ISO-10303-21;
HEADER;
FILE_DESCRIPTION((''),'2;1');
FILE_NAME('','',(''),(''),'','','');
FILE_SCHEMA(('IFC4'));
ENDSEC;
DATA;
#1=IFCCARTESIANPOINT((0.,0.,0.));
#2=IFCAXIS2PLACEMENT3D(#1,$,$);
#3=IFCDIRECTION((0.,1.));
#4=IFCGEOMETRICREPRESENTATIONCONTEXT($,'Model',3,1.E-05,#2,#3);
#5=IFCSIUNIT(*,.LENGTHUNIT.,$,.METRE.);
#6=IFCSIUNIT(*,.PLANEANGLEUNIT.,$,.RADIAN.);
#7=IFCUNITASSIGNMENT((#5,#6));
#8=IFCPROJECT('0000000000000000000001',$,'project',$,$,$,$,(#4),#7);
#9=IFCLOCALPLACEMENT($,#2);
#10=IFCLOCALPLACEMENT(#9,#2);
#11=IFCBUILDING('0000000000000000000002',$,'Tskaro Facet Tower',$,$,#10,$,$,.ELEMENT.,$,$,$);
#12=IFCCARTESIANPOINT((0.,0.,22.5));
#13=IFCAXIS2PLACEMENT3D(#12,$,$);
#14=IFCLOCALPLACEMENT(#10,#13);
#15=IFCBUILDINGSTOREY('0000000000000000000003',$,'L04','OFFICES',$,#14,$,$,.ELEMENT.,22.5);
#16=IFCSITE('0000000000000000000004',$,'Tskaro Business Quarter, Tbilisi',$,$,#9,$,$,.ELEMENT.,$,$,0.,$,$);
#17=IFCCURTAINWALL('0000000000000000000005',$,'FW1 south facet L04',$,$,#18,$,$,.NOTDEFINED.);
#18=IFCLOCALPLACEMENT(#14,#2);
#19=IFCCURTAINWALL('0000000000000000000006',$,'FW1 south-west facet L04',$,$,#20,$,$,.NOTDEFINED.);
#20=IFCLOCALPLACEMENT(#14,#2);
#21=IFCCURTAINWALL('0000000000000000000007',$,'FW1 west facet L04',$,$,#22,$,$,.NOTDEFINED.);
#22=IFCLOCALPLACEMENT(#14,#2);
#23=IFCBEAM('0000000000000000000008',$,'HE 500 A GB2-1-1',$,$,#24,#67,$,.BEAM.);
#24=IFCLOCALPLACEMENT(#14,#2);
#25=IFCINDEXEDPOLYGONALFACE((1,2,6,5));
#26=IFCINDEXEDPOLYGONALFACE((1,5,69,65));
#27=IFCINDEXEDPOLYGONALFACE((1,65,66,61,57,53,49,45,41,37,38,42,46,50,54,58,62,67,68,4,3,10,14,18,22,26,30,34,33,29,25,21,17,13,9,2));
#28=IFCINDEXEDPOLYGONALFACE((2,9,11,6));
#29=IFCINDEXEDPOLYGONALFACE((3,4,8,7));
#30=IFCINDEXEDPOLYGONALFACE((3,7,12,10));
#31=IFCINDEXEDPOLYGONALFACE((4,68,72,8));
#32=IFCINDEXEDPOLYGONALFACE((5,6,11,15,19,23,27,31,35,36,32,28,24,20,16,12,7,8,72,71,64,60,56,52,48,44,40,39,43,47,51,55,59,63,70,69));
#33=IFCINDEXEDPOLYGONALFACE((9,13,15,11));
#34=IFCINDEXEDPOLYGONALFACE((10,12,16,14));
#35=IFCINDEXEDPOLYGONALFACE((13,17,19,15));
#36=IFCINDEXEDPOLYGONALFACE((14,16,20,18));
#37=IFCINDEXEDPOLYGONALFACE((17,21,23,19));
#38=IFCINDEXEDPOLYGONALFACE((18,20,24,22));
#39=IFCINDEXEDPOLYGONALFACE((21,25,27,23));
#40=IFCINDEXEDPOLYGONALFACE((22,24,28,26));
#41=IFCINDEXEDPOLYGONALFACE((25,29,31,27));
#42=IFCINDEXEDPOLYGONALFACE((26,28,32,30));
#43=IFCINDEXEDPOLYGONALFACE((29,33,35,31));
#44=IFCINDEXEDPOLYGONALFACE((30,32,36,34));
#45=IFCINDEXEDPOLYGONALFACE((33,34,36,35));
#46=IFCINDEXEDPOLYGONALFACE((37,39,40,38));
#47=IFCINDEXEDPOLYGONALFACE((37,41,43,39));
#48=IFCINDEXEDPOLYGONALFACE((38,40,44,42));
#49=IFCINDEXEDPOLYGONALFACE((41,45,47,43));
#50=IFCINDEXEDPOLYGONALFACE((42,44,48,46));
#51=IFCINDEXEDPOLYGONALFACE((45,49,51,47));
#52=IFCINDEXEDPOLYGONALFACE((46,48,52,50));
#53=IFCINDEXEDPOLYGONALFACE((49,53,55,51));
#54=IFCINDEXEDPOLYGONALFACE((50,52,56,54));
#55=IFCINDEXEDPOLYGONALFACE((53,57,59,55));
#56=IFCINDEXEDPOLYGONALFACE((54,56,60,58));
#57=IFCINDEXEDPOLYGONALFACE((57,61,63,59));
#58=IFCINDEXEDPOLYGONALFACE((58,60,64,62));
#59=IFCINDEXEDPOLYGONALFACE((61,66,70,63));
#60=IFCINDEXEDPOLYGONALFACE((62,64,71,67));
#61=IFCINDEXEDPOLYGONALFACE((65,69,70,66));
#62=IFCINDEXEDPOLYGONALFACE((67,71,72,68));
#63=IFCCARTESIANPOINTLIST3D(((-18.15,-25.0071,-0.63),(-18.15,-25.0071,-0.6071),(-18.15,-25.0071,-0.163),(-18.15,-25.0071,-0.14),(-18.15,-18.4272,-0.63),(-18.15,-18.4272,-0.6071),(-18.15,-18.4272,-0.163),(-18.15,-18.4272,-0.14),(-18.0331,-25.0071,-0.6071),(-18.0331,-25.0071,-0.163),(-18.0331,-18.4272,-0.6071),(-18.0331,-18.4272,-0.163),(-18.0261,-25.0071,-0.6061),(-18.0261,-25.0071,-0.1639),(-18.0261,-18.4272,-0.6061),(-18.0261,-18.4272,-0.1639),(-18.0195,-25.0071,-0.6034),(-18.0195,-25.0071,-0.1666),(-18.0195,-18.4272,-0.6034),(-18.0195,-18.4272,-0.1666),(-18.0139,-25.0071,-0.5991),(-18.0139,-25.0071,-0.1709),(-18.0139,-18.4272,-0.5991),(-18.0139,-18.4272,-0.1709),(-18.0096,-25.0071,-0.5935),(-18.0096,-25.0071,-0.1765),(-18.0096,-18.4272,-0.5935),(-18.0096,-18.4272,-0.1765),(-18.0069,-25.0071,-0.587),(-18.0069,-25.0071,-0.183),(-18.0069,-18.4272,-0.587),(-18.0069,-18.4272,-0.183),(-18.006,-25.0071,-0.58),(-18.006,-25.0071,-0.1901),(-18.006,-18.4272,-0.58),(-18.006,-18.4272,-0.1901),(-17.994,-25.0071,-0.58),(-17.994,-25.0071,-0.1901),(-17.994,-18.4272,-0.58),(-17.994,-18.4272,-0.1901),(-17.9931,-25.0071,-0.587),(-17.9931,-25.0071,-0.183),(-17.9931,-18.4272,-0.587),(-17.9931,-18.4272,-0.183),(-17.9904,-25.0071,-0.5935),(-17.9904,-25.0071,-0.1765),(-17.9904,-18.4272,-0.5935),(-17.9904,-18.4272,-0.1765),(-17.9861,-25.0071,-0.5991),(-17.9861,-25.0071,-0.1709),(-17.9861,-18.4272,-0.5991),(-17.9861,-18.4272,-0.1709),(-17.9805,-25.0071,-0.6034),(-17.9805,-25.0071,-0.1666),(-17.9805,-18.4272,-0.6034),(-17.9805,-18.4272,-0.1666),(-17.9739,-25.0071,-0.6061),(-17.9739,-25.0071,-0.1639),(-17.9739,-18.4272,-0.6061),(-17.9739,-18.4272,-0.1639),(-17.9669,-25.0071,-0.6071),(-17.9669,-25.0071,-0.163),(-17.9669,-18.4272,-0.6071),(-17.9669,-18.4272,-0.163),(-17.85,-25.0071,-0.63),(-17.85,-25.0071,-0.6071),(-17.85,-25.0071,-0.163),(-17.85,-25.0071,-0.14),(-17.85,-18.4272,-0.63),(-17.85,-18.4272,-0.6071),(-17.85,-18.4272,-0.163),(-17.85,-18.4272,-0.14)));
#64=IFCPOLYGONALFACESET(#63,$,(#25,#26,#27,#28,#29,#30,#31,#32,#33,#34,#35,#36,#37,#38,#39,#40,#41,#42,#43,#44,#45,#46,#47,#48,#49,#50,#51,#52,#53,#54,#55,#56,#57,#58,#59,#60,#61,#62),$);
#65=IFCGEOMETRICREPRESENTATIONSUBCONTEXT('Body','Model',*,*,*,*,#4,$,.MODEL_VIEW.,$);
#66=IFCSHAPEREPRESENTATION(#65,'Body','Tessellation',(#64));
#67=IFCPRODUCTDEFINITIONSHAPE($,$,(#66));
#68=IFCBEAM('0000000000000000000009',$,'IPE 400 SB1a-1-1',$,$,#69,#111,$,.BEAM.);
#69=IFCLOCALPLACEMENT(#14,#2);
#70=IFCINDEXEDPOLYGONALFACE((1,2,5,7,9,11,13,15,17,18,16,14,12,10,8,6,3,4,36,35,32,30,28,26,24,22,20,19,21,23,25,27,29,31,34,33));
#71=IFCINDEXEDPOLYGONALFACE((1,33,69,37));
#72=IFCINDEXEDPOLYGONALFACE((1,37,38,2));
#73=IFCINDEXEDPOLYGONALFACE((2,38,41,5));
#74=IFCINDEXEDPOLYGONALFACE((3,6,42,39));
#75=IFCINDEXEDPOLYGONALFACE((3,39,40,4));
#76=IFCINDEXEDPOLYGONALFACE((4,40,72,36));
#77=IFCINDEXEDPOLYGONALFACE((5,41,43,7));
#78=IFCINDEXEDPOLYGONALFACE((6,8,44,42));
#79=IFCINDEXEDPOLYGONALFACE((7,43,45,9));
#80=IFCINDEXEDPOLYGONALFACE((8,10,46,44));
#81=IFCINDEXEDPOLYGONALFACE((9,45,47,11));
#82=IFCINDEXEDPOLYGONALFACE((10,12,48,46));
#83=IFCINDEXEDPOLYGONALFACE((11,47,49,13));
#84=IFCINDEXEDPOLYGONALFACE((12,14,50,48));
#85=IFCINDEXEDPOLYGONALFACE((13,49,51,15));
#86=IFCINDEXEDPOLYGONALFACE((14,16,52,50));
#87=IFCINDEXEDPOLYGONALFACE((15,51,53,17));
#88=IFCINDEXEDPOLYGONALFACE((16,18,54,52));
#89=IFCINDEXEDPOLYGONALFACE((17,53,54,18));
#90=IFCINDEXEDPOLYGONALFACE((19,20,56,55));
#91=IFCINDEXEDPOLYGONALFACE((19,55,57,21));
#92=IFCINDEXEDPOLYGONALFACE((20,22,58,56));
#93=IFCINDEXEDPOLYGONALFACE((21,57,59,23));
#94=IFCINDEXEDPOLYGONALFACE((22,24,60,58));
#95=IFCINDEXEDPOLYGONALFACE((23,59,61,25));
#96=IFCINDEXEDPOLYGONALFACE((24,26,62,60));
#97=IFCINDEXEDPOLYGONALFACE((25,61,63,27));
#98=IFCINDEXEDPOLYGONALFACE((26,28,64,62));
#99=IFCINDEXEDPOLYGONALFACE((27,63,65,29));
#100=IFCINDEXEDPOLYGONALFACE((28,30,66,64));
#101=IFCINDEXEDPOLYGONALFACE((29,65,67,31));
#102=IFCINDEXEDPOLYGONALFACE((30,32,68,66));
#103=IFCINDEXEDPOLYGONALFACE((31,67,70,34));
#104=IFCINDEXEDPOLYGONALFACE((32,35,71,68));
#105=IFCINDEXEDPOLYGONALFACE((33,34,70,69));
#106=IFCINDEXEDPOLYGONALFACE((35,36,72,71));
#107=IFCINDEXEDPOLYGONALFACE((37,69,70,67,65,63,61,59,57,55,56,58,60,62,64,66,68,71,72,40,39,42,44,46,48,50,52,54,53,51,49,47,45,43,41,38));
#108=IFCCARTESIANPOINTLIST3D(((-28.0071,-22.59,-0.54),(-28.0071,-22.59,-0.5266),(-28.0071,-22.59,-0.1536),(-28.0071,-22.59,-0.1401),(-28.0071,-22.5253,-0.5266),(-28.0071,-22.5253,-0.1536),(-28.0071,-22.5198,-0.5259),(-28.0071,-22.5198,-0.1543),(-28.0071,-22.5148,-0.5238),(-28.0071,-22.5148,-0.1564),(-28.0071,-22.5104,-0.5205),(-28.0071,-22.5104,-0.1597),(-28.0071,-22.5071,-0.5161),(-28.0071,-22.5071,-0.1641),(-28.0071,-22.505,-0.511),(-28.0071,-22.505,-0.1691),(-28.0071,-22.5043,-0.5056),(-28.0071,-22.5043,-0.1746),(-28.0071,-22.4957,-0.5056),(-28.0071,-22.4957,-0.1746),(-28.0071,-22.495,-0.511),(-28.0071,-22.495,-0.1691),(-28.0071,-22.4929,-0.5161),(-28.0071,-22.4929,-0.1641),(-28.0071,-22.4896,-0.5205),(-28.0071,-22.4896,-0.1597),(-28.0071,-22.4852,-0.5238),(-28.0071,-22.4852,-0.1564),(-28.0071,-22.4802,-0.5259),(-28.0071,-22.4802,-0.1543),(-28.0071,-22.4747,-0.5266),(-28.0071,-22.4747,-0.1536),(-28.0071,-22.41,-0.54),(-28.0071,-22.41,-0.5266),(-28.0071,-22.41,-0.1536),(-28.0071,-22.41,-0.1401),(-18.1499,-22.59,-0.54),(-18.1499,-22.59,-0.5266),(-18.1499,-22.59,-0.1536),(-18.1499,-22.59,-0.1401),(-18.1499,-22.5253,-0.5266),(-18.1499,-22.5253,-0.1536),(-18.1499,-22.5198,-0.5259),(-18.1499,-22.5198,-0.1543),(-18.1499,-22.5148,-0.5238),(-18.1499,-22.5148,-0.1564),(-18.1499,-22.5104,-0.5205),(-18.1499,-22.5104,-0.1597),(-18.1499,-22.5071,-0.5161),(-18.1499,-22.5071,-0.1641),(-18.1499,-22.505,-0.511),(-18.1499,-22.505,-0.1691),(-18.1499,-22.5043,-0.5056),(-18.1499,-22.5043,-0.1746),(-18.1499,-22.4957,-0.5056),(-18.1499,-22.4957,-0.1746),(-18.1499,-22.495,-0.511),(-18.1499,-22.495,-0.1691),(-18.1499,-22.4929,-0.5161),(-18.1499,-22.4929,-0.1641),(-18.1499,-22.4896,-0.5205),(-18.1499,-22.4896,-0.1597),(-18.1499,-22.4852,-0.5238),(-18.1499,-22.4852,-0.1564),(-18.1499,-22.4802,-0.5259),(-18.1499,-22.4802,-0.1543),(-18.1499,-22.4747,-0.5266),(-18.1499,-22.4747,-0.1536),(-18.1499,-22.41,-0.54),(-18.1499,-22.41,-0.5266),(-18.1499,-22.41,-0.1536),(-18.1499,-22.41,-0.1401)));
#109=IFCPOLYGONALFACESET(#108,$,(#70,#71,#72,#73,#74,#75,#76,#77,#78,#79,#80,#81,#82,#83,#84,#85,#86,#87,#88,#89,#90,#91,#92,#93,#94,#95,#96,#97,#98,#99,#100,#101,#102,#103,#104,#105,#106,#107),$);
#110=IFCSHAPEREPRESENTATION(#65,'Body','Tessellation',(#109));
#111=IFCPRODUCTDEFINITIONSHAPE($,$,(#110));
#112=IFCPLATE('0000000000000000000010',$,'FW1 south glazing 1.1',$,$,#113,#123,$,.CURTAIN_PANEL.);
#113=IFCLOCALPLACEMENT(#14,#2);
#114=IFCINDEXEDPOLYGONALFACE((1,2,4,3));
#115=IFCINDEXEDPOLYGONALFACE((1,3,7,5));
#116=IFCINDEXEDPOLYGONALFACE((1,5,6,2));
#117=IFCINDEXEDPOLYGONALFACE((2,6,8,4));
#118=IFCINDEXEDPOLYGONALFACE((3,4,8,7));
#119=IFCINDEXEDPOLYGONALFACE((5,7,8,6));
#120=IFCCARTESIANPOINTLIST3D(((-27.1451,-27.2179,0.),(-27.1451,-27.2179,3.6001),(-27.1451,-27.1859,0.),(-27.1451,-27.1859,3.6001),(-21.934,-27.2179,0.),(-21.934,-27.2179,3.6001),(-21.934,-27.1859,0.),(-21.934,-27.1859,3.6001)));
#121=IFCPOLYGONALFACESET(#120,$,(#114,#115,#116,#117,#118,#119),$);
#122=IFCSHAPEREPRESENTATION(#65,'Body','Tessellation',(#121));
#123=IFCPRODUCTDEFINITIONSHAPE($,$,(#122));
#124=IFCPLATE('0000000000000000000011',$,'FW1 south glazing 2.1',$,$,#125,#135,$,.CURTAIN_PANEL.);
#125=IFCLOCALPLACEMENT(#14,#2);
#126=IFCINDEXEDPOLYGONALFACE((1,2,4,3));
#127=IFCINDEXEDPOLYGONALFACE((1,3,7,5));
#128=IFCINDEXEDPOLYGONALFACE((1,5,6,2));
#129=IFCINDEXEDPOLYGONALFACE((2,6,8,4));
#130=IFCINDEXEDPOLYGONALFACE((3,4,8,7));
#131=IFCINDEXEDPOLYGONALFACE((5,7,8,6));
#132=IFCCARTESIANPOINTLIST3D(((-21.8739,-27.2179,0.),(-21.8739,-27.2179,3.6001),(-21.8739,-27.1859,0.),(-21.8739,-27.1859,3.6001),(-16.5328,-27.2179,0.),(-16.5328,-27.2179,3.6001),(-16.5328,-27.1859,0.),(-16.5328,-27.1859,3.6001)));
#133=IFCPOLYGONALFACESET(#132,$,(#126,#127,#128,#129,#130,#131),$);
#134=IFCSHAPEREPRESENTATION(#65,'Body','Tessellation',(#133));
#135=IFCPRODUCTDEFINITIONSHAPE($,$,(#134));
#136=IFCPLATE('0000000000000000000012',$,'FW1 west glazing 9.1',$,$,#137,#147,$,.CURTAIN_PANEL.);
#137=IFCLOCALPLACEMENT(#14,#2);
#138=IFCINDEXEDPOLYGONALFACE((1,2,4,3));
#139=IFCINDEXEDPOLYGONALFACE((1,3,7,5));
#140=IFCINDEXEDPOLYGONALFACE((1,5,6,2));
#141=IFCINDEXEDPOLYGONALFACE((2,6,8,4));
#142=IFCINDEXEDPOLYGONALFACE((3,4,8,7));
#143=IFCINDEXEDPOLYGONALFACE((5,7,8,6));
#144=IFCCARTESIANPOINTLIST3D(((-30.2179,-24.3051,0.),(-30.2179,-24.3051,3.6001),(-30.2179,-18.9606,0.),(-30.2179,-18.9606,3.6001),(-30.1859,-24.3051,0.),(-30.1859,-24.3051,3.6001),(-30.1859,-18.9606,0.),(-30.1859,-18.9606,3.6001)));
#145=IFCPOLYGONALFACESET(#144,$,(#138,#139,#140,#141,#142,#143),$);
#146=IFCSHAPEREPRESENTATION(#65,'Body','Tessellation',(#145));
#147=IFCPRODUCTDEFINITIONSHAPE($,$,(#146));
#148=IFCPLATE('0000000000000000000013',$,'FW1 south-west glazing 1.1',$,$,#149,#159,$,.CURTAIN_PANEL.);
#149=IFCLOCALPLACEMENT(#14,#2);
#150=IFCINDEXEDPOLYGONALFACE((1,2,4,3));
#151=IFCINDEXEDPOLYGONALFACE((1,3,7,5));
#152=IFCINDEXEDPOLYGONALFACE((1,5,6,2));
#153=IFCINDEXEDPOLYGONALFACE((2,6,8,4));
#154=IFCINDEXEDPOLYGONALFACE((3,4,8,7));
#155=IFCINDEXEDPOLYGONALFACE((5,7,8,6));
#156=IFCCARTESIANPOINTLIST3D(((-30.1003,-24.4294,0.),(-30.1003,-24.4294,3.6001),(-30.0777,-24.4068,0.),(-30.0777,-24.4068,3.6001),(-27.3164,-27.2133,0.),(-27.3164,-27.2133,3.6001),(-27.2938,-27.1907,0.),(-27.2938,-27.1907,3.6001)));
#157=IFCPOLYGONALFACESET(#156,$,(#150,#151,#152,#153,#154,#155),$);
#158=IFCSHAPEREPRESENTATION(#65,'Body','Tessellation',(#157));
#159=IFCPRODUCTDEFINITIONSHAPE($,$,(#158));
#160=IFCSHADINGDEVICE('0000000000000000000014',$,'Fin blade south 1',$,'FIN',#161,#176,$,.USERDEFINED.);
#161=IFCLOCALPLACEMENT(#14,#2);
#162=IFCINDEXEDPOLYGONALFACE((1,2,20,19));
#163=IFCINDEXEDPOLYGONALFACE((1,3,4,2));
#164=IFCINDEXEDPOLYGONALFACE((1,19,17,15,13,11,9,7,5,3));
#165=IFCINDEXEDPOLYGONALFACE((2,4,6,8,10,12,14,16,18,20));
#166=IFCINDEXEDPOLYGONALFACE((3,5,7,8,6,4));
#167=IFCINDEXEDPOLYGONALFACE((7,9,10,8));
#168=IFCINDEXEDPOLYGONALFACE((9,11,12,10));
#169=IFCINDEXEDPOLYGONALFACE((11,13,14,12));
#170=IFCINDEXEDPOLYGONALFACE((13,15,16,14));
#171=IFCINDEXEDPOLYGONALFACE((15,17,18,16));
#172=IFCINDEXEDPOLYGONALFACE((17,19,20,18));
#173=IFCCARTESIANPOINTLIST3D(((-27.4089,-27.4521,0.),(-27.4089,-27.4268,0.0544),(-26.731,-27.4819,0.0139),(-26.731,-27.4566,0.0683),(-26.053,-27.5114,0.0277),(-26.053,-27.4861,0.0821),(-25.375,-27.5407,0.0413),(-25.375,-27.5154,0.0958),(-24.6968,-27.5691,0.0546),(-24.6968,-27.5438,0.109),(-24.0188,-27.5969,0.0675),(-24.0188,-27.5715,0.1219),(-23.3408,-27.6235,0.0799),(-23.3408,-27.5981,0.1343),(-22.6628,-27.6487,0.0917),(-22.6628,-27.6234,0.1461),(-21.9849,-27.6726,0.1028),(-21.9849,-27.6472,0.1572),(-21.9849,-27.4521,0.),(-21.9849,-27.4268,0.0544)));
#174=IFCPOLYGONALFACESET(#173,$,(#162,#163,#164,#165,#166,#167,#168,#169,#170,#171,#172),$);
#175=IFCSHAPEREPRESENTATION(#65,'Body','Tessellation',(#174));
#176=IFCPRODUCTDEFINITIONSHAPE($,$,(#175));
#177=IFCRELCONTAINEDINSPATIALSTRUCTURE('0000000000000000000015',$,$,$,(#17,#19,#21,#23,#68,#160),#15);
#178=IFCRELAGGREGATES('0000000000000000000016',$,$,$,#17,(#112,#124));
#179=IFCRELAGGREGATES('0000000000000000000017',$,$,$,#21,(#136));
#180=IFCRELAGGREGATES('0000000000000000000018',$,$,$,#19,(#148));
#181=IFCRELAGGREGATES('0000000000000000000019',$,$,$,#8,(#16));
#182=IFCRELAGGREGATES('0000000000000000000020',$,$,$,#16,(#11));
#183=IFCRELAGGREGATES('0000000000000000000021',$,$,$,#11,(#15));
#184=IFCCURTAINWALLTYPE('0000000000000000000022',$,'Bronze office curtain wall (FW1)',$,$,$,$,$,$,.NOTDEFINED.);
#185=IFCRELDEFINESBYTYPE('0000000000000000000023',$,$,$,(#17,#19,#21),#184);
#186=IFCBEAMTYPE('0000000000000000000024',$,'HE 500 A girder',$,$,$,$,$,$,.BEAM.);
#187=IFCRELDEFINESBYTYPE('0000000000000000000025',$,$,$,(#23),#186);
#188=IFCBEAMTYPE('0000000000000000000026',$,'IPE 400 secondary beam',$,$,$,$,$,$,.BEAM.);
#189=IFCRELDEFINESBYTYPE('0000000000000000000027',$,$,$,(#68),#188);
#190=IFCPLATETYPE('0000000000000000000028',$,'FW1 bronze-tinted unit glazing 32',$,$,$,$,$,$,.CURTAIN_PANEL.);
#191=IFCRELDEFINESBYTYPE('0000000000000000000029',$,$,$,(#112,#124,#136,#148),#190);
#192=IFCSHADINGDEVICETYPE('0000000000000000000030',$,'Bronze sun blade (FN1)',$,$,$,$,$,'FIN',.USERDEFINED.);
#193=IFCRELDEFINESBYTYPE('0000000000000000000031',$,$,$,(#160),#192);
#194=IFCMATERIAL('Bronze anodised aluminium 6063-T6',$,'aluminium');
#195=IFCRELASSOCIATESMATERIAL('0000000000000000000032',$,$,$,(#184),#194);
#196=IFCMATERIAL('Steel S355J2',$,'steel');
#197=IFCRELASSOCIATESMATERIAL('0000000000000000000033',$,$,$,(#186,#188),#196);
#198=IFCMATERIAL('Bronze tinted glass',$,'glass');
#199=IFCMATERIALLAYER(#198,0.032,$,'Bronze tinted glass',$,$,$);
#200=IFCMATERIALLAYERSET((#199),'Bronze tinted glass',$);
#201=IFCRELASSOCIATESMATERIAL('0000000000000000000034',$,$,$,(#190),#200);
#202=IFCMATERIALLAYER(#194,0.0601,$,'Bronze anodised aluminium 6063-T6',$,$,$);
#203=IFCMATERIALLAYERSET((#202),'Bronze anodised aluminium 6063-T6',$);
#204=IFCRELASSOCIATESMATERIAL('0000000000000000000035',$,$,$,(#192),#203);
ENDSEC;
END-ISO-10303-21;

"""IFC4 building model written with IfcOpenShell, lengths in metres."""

from ifc_helpers import new_model, si_unit, direction, frame, origin, origin_2d, place, context, subcontext, project, spatial, polyline, rectangle, i_section, outline, extrude, material, layer, layer_set, material_profile, profile_set, type_object, element, aggregate, save


model = new_model("IFC4")

# Units and contexts
model_context = context("Model", 3, precision=1e-05, world=origin(), true_north=direction((0.0, 1.0)))
body_context = subcontext(model_context, "Body", "Model", "MODEL_VIEW")
ifc_project = project(units=[si_unit("LENGTHUNIT", "METRE"), si_unit("PLANEANGLEUNIT", "RADIAN")], contexts=[model_context])

# Site, building, storey
site_placement = place(None, origin())
site = spatial("IfcSite", under=ifc_project, at=site_placement, Name="Tskaro Business Quarter, Tbilisi", CompositionType="ELEMENT", RefElevation=0.0)
building_placement = place(site_placement, origin())
building = spatial("IfcBuilding", under=site, at=building_placement, Name="Tskaro Facet Tower", CompositionType="ELEMENT")
storey_placement = place(building_placement, frame((0.0, 0.0, 22.5)))
storey = spatial("IfcBuildingStorey", under=building, at=storey_placement, Name="L04", Description="OFFICES", CompositionType="ELEMENT", Elevation=22.5)

# Curtain walls
ifc_material_1 = material(Name="Bronze anodised aluminium 6063-T6", Category="aluminium")
curtain_wall_type = type_object("IfcCurtainWallType", Name="Bronze office curtain wall (FW1)", PredefinedType="NOTDEFINED", material=ifc_material_1)
curtain_wall_1_placement = place(storey_placement, origin())
curtain_wall_1 = element("IfcCurtainWall", 1, at=curtain_wall_1_placement, inside=storey, type_object=curtain_wall_type, Name="FW1 south facet L04", PredefinedType="NOTDEFINED")
curtain_wall_2_placement = place(storey_placement, origin())
curtain_wall_2 = element("IfcCurtainWall", 2, at=curtain_wall_2_placement, inside=storey, type_object=curtain_wall_type, Name="FW1 south-west facet L04", PredefinedType="NOTDEFINED")

# Curtain wall
curtain_wall_3_placement = place(storey_placement, origin())
curtain_wall_3 = element("IfcCurtainWall", 3, at=curtain_wall_3_placement, inside=storey, type_object=curtain_wall_type, Name="FW1 west facet L04", PredefinedType="NOTDEFINED")

# Beams
ifc_material_2 = material(Name="Steel S355J2", Category="steel")
ifc_material_profile_1 = material_profile(ifc_material_2, i_section(OverallWidth=0.3, OverallDepth=0.49, WebThickness=0.012, FlangeThickness=0.0229, FilletRadius=0.0271, at=origin_2d()), Name="HE 500 A")
ifc_profile_set_1 = profile_set([ifc_material_profile_1], Name="Steel S355J2")
beam_type_1 = type_object("IfcBeamType", Name="HE 500 A girder", PredefinedType="BEAM", material=ifc_profile_set_1)
beam_1_placement = place(storey_placement, frame((-18.0, -25.0071, -0.385), z_axis=(0.0, 1.0, 0.0), x_axis=(-1.0, 0.0, 0.0)))
element("IfcBeam", 4, at=beam_1_placement, inside=storey, type_object=beam_type_1, Name="HE 500 A GB2-1-1", PredefinedType="BEAM", context=body_context, shape_type="SweptSolid", body=[
    extrude(i_section(OverallWidth=0.3, OverallDepth=0.49, WebThickness=0.012, FlangeThickness=0.0229, FilletRadius=0.0271, at=origin_2d()), origin(), (0.0, 0.0, 1.0), 6.5798),
])
ifc_material_profile_2 = material_profile(ifc_material_2, i_section(OverallWidth=0.1799, OverallDepth=0.3999, WebThickness=0.0085, FlangeThickness=0.0134, FilletRadius=0.021, at=origin_2d()), Name="IPE 400")
ifc_profile_set_2 = profile_set([ifc_material_profile_2], Name="Steel S355J2")
beam_type_2 = type_object("IfcBeamType", Name="IPE 400 secondary beam", PredefinedType="BEAM", material=ifc_profile_set_2)
beam_2_placement = place(storey_placement, frame((-28.0071, -22.5, -0.3401), z_axis=(1.0, 0.0, 0.0), x_axis=(0.0, 1.0, 0.0)))
element("IfcBeam", 5, at=beam_2_placement, inside=storey, type_object=beam_type_2, Name="IPE 400 SB1a-1-1", PredefinedType="BEAM", context=body_context, shape_type="SweptSolid", body=[
    extrude(i_section(OverallWidth=0.1799, OverallDepth=0.3999, WebThickness=0.0085, FlangeThickness=0.0134, FilletRadius=0.021, at=origin_2d()), origin(), (0.0, 0.0, 1.0), 9.8572),
])

# Plates
ifc_material_3 = material(Name="Bronze tinted glass", Category="glass")
ifc_layer_1 = layer(ifc_material_3, 0.032, Name="Bronze tinted glass")
ifc_layer_set_1 = layer_set([ifc_layer_1], Name="Bronze tinted glass")
plate_type = type_object("IfcPlateType", Name="FW1 bronze-tinted unit glazing 32", PredefinedType="CURTAIN_PANEL", material=ifc_layer_set_1)
plate_1_placement = place(storey_placement, frame((-24.5396, -27.2019, 0.0), z_axis=(0.0, 0.0, 1.0), x_axis=(1.0, 0.0, 0.0)))
plate_1 = element("IfcPlate", 6, at=plate_1_placement, type_object=plate_type, Name="FW1 south glazing 1.1", PredefinedType="CURTAIN_PANEL", context=body_context, shape_type="SweptSolid", body=[
    extrude(rectangle(XDim=5.2112, YDim=0.032, at=origin_2d()), origin(), (0.0, 0.0, 1.0), 3.6001),
])
plate_2_placement = place(storey_placement, frame((-19.2034, -27.2019, 0.0), z_axis=(0.0, 0.0, 1.0), x_axis=(1.0, 0.0, 0.0)))
plate_2 = element("IfcPlate", 7, at=plate_2_placement, type_object=plate_type, Name="FW1 south glazing 2.1", PredefinedType="CURTAIN_PANEL", context=body_context, shape_type="SweptSolid", body=[
    extrude(rectangle(XDim=5.3411, YDim=0.032, at=origin_2d()), origin(), (0.0, 0.0, 1.0), 3.6001),
])
aggregate(curtain_wall_1, [plate_1, plate_2])
plate_3_placement = place(storey_placement, frame((-30.2019, -21.6328, 0.0), z_axis=(0.0, 0.0, 1.0), x_axis=(0.0, -1.0, 0.0)))
plate_3 = element("IfcPlate", 8, at=plate_3_placement, type_object=plate_type, Name="FW1 west glazing 9.1", PredefinedType="CURTAIN_PANEL", context=body_context, shape_type="SweptSolid", body=[
    extrude(rectangle(XDim=5.3445, YDim=0.032, at=origin_2d()), origin(), (0.0, 0.0, 1.0), 3.6001),
])
aggregate(curtain_wall_3, [plate_3])
plate_4_placement = place(storey_placement, frame((-28.697, -25.8101, 0.0), z_axis=(0.0, 0.0, 1.0), x_axis=(0.707107, -0.707107, 0.0)))
plate_4 = element("IfcPlate", 9, at=plate_4_placement, type_object=plate_type, Name="FW1 south-west glazing 1.1", PredefinedType="CURTAIN_PANEL", context=body_context, shape_type="SweptSolid", body=[
    extrude(rectangle(XDim=3.937, YDim=0.032, at=origin_2d()), origin(), (0.0, 0.0, 1.0), 3.6001),
])
aggregate(curtain_wall_2, [plate_4])

# Shading device
ifc_layer_2 = layer(ifc_material_1, 0.0601, Name="Bronze anodised aluminium 6063-T6")
ifc_layer_set_2 = layer_set([ifc_layer_2], Name="Bronze anodised aluminium 6063-T6")
shading_device_type = type_object("IfcShadingDeviceType", Name="Bronze sun blade (FN1)", ElementType="FIN", PredefinedType="USERDEFINED", material=ifc_layer_set_2)
shading_device_1_placement = place(storey_placement, frame((-27.4089, -27.4268, 0.0544), z_axis=(0.000001, 0.422595, 0.906319), x_axis=(1.0, -0.000001, -0.000001)))
element("IfcShadingDevice", 10, at=shading_device_1_placement, inside=storey, type_object=shading_device_type, Name="Fin blade south 1", ObjectType="FIN", PredefinedType="USERDEFINED", context=body_context, shape_type="SweptSolid", body=[
    extrude(outline(polyline([(0.0, 0.0), (5.4241, 0.0), (5.4241, -0.2432), (4.7461, -0.2169), (4.0681, -0.1891), (3.3901, -0.1597), (2.7122, -0.1291), (2.0339, -0.0978), (1.356, -0.0654), (0.678, -0.0329), (0.0, 0.0)])), origin(), (0.0, 0.0, -1.0), 0.0601),
])

save(model, "model.ifc")
